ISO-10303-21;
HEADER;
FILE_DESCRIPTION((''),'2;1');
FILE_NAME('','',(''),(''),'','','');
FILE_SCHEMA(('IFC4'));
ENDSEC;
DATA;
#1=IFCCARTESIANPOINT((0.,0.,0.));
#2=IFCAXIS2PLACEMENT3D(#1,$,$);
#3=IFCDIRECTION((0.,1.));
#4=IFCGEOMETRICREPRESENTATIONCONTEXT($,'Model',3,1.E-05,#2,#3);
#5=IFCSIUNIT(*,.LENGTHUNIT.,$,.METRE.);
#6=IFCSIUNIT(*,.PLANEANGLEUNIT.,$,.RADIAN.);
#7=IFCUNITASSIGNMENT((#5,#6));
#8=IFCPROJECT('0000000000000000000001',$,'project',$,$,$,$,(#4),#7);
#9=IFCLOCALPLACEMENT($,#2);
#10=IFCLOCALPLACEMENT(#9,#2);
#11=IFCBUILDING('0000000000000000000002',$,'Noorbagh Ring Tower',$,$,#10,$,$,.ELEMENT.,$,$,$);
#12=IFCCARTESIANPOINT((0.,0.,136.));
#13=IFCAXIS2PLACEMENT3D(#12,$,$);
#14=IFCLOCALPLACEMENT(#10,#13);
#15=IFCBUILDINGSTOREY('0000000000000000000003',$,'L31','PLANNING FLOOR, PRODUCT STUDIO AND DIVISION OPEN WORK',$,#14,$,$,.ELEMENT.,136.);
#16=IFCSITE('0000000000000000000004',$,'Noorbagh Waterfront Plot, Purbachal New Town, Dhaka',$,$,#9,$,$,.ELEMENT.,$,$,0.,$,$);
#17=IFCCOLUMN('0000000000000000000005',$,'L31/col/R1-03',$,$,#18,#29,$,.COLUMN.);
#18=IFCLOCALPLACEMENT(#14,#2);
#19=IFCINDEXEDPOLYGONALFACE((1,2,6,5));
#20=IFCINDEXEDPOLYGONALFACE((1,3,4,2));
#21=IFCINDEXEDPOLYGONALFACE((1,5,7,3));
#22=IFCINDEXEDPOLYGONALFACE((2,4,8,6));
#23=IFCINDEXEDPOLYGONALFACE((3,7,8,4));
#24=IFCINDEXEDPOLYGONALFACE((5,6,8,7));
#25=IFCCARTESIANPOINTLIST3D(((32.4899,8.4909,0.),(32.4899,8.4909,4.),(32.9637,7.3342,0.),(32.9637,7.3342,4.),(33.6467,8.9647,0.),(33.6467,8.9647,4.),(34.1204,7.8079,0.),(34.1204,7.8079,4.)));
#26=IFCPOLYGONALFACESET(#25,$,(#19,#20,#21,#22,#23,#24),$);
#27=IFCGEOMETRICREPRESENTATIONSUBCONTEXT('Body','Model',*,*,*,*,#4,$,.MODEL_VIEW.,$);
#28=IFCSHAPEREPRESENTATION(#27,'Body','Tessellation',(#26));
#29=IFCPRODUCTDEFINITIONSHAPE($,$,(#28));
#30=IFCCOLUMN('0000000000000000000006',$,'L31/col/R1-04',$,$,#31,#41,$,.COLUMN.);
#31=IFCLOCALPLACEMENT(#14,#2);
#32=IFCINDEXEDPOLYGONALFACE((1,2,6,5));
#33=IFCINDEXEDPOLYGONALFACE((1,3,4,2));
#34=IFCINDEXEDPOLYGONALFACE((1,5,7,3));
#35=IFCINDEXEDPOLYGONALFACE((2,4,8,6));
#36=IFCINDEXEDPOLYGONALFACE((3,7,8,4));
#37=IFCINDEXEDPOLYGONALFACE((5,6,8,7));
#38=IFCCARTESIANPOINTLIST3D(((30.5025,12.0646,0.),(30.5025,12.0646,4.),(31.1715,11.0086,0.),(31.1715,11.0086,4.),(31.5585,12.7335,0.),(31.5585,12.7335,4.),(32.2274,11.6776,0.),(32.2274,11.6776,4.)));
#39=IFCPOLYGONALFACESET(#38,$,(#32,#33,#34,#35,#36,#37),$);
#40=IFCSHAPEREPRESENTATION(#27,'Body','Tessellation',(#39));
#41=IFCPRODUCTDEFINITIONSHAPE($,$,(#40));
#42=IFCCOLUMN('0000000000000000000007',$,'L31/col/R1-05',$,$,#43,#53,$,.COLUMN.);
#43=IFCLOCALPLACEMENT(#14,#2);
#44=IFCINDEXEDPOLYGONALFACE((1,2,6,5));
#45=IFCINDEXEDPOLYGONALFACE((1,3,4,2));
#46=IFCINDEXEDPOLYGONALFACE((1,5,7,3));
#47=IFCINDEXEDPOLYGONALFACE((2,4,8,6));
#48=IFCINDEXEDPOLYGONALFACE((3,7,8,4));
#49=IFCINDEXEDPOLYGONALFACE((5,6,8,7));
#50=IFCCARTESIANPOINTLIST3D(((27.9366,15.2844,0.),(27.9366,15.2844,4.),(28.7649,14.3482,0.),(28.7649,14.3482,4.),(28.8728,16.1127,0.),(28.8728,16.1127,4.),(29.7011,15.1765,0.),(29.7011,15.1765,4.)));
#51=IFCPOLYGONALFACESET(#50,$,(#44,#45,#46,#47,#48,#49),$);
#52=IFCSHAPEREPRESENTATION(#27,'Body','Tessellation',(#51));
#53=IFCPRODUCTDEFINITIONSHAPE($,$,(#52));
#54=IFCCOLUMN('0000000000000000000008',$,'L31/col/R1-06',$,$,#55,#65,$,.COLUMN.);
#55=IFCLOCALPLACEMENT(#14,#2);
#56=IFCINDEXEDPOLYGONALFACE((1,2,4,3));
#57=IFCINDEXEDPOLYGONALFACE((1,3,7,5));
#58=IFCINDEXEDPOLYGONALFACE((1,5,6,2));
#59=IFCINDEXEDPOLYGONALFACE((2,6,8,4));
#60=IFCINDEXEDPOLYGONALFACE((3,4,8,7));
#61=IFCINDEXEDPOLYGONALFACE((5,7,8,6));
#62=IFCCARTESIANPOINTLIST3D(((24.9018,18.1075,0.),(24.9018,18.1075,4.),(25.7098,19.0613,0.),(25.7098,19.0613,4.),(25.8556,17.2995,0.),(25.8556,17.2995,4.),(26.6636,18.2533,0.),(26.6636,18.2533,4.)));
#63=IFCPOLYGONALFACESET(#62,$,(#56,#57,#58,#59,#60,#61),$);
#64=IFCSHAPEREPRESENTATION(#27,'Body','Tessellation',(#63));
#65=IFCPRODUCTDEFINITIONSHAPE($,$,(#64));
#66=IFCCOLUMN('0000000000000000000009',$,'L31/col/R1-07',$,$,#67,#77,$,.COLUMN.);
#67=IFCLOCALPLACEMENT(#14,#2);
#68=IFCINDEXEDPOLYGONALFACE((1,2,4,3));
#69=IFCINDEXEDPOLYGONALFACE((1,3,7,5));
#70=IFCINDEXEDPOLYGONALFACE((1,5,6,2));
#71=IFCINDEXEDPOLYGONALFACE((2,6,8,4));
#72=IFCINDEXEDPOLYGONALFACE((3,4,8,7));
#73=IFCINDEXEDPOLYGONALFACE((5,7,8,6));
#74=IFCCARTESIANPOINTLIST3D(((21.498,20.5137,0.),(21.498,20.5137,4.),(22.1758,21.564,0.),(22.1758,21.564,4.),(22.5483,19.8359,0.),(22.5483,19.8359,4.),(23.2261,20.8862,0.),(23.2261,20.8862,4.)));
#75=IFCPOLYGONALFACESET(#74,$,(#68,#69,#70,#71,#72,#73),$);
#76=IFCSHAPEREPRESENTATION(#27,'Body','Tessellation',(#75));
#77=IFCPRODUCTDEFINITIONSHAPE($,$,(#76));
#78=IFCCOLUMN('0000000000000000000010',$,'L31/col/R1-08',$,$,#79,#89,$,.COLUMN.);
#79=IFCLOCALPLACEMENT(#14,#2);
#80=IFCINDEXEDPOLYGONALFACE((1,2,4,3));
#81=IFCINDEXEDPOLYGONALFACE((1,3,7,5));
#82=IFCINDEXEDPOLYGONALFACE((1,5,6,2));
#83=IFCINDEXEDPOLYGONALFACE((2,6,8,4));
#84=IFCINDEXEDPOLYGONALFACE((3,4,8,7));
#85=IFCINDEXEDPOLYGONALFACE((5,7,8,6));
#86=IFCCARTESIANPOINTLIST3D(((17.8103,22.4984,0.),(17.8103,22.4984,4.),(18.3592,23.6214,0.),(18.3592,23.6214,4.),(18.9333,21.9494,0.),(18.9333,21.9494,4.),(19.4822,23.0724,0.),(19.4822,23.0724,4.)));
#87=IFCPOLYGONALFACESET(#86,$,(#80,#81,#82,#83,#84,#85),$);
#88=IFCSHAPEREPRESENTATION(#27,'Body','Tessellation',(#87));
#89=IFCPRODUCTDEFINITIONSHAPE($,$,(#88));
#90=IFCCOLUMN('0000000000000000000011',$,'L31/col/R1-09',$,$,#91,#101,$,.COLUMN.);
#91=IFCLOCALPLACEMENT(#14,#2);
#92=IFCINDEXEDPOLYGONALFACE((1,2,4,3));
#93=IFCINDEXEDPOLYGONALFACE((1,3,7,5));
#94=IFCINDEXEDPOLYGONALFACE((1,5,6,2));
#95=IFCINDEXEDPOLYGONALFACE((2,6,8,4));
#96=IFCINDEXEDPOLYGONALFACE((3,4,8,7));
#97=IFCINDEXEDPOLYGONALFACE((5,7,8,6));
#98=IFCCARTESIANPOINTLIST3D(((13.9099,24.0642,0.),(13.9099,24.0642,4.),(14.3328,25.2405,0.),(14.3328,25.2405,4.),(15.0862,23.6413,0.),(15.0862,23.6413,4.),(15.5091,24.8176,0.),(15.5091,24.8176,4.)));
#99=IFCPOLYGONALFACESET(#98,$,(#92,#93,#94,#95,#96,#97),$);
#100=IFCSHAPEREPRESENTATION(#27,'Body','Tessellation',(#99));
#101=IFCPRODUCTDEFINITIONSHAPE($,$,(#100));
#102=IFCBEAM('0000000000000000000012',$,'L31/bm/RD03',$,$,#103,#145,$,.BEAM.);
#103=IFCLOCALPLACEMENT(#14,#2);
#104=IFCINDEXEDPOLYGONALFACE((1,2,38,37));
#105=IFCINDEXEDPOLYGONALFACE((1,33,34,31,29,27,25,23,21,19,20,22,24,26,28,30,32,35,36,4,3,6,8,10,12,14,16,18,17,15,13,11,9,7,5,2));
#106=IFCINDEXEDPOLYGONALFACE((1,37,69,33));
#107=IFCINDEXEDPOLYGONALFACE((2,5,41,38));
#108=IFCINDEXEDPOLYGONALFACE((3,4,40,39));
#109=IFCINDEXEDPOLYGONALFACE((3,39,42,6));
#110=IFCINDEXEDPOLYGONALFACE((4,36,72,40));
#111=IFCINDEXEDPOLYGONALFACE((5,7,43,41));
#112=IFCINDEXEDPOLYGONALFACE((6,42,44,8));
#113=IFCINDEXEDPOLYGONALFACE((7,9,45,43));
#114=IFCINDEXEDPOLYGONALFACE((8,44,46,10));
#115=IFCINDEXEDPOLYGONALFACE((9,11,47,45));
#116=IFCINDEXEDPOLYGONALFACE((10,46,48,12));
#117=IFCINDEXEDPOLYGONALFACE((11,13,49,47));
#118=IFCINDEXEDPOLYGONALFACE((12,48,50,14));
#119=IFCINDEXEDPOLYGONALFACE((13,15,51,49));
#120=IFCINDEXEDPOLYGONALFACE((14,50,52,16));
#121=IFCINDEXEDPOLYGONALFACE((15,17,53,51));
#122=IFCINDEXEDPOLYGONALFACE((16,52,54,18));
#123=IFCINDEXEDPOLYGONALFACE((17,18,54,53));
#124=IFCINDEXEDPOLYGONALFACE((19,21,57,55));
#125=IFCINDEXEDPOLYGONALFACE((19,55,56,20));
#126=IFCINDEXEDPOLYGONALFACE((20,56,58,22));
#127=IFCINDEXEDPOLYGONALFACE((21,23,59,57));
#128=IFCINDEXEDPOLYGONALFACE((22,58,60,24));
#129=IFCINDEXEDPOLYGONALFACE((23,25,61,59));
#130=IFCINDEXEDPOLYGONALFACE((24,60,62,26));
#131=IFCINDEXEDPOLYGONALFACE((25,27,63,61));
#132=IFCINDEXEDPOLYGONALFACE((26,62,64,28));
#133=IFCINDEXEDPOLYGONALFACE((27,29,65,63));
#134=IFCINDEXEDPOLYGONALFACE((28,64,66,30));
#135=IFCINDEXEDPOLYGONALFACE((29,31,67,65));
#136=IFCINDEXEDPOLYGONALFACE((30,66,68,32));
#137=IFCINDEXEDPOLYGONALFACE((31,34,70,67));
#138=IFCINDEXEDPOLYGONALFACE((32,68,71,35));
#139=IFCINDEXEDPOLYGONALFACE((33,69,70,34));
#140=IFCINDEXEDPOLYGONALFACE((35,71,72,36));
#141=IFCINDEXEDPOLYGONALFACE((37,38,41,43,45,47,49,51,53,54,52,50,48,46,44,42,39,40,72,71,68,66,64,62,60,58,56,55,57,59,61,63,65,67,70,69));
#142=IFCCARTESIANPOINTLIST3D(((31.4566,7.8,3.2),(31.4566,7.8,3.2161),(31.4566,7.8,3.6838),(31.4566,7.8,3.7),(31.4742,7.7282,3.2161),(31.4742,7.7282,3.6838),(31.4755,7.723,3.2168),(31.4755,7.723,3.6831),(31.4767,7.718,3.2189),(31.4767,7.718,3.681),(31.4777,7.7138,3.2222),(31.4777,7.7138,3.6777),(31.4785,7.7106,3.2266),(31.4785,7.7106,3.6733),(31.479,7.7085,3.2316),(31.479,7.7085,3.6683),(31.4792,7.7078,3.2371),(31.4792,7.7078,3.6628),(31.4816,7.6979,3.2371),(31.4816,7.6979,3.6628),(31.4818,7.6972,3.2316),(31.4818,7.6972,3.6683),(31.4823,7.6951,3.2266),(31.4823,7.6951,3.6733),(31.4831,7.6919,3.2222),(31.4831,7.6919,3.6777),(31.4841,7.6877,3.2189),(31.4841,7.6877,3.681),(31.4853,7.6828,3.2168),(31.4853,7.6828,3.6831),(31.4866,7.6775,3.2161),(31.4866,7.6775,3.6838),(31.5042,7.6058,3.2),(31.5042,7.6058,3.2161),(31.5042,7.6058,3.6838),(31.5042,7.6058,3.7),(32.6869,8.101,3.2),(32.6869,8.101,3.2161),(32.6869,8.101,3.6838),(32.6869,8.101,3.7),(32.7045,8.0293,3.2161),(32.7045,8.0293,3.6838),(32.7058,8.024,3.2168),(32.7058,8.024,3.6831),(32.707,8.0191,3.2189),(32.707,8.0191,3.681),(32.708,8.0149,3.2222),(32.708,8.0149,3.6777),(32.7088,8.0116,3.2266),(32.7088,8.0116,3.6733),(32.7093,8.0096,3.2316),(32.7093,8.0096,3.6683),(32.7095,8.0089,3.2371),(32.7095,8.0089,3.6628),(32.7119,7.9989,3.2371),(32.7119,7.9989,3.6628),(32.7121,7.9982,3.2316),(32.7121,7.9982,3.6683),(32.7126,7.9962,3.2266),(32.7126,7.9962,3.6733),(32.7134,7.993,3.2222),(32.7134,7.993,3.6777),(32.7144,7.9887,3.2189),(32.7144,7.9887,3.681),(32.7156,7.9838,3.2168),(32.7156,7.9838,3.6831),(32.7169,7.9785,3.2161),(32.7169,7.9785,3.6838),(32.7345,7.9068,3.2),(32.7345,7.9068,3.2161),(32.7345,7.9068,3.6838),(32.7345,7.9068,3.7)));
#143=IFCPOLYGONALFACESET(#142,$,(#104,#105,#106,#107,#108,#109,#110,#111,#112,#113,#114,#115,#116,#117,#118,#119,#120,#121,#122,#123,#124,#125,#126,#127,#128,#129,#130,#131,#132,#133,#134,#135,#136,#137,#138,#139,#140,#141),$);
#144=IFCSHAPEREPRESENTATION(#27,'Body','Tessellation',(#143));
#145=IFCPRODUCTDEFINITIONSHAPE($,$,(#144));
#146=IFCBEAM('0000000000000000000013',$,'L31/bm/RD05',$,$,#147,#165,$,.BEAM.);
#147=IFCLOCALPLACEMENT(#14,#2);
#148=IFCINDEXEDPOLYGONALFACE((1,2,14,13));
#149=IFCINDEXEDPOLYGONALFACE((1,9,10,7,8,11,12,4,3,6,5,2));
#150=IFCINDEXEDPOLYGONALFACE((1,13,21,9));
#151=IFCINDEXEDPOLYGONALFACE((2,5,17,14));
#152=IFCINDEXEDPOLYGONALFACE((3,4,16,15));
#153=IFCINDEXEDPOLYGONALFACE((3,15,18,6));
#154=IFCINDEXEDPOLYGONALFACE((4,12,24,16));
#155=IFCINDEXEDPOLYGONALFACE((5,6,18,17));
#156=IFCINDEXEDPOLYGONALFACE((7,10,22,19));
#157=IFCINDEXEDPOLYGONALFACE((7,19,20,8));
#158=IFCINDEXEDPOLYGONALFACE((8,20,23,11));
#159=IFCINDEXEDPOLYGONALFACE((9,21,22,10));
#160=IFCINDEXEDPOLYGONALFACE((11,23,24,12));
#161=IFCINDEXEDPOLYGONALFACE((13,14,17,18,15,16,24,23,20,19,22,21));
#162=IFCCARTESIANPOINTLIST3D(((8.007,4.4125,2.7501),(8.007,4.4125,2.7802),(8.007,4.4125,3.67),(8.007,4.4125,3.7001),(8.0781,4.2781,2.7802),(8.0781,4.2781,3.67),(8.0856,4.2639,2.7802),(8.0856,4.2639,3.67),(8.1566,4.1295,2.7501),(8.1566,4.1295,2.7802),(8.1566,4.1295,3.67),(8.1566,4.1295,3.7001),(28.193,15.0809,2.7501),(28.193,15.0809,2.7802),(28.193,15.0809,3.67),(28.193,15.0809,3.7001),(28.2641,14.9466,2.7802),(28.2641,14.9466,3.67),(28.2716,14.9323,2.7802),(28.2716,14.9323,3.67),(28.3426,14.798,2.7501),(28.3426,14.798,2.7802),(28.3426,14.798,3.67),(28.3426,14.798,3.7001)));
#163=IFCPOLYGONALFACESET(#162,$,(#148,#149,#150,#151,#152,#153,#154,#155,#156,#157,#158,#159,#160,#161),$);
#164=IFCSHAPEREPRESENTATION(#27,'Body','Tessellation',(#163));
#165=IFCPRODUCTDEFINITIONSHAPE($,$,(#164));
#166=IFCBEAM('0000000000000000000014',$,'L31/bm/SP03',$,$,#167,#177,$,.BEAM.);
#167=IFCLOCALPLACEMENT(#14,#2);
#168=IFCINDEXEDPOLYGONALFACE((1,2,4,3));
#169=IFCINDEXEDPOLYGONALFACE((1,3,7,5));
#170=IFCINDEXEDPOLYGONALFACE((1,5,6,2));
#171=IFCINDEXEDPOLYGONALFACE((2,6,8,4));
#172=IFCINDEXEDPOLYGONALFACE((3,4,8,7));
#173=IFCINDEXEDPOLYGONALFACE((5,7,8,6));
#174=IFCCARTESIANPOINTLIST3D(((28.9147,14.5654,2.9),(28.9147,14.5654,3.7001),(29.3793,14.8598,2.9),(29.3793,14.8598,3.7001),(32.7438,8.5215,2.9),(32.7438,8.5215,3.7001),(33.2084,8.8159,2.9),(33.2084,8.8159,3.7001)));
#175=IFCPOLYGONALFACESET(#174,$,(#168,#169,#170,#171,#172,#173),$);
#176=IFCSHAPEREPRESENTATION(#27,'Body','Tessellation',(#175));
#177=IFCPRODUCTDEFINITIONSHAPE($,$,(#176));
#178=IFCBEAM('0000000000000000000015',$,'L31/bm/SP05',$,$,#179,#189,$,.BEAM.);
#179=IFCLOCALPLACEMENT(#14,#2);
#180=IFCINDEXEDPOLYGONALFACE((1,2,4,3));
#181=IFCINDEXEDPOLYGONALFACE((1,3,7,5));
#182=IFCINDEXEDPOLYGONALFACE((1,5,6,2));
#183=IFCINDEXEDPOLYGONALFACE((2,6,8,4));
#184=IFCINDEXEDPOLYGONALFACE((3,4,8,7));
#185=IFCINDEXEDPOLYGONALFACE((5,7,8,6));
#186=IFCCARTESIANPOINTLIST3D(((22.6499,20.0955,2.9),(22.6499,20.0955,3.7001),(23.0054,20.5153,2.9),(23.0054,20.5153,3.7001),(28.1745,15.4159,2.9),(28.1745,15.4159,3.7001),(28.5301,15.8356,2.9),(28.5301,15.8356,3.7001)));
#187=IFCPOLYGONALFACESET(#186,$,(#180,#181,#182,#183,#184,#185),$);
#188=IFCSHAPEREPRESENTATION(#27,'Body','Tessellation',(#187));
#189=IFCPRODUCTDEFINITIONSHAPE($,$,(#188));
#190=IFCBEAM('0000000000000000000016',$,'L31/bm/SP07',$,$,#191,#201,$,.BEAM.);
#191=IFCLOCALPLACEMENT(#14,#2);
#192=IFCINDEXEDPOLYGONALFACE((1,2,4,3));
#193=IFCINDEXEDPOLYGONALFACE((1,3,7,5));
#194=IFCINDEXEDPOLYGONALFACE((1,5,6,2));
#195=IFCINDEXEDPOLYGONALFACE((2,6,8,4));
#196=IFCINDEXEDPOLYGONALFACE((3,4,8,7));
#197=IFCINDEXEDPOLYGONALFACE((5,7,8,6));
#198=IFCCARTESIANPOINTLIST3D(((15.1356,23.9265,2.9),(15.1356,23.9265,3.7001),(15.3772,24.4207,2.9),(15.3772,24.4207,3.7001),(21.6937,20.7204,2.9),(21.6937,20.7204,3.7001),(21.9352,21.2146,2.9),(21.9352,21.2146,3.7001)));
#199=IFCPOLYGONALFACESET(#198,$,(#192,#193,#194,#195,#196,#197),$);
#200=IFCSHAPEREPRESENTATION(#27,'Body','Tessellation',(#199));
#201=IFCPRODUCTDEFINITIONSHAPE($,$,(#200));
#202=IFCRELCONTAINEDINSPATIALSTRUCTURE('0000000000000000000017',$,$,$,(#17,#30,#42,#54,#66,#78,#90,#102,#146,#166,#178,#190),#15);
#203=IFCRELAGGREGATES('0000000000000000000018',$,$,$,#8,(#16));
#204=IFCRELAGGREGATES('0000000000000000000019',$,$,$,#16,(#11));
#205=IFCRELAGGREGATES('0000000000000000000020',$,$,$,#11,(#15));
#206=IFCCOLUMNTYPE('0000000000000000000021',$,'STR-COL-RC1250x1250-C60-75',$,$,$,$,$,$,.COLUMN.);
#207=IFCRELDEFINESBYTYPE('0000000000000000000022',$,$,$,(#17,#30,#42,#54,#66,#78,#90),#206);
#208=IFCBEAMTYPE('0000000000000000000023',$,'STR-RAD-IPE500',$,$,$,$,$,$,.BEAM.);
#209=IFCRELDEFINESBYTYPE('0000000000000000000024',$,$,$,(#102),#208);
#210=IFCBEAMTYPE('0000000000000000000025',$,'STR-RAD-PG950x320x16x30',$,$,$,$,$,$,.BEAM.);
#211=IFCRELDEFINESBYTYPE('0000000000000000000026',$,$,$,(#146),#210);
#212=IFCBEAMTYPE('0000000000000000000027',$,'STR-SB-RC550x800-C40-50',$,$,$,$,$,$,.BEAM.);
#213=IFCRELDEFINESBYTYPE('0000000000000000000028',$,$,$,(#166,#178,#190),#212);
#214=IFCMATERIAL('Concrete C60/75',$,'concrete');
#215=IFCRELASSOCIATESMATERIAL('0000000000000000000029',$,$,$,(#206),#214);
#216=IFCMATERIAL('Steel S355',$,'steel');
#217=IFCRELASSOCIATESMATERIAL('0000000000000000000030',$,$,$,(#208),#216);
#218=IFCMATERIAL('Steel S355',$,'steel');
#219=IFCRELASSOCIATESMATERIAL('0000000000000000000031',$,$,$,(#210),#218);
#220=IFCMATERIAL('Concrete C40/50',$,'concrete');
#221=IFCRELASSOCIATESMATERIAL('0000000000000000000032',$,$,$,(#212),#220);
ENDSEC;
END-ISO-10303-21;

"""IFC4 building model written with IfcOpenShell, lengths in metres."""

from ifc_helpers import new_model, si_unit, direction, frame, origin, origin_2d, place, context, subcontext, project, spatial, rectangle, i_section, extrude, material, material_profile, profile_set, type_object, element, save


model = new_model("IFC4")

# Units and contexts
model_context = context("Model", 3, precision=1e-05, world=origin(), true_north=direction((0.0, 1.0)))
body_context = subcontext(model_context, "Body", "Model", "MODEL_VIEW")
ifc_project = project(units=[si_unit("LENGTHUNIT", "METRE"), si_unit("PLANEANGLEUNIT", "RADIAN")], contexts=[model_context])

# Site, building, storey
site_placement = place(None, origin())
site = spatial("IfcSite", under=ifc_project, at=site_placement, Name="Noorbagh Waterfront Plot, Purbachal New Town, Dhaka", CompositionType="ELEMENT", RefElevation=0.0)
building_placement = place(site_placement, origin())
building = spatial("IfcBuilding", under=site, at=building_placement, Name="Noorbagh Ring Tower", CompositionType="ELEMENT")
storey_placement = place(building_placement, frame((0.0, 0.0, 136.0)))
storey = spatial("IfcBuildingStorey", under=building, at=storey_placement, Name="L31", Description="PLANNING FLOOR, PRODUCT STUDIO AND DIVISION OPEN WORK", CompositionType="ELEMENT", Elevation=136.0)

# Columns
ifc_material_1 = material(Name="Concrete C60/75", Category="concrete")
ifc_material_profile_1 = material_profile(ifc_material_1, rectangle(XDim=1.25, YDim=1.25, at=origin_2d()), Name="RC1250x1250")
ifc_profile_set_1 = profile_set([ifc_material_profile_1], Name="Concrete C60/75")
column_type = type_object("IfcColumnType", Name="STR-COL-RC1250x1250-C60-75", PredefinedType="COLUMN", material=ifc_profile_set_1)
for number, where, z_axis, x_axis, name in (
    (1, (33.3052, 8.1494, 0.0), (0.0, 0.0, 1.0), (-0.378989, 0.925401, 0.0), "L31/col/R1-03"),
    (2, (31.365, 11.8711, 0.0), (0.0, 0.0, 1.0), (-0.53519, 0.844731, 0.0), "L31/col/R1-04"),
    (3, (28.8188, 15.2305, 0.0), (0.0, 0.0, 1.0), (-0.662636, 0.748942, 0.0), "L31/col/R1-05"),
    (4, (25.7827, 18.1804, 0.0), (0.0, 0.0, 1.0), (-0.763035, 0.646357, 0.0), "L31/col/R1-06"),
    (5, (22.3621, 20.7, 0.0), (0.0, 0.0, 1.0), (-0.840248, 0.542203, 0.0), "L31/col/R1-07"),
    (6, (18.6462, 22.7854, 0.0), (0.0, 0.0, 1.0), (-0.898399, 0.43918, 0.0), "L31/col/R1-08"),
    (7, (14.7095, 24.4409, 0.0), (0.0, 0.0, 1.0), (-0.941025, 0.338338, 0.0), "L31/col/R1-09"),
):
    element("IfcColumn", number, at=place(storey_placement, frame(where, z_axis=z_axis, x_axis=x_axis)), inside=storey, type_object=column_type, Name=name, PredefinedType="COLUMN", context=body_context, shape_type="SweptSolid", body=[
        extrude(rectangle(XDim=1.25, YDim=1.25, at=origin_2d()), origin(), (0.0, 0.0, 1.0), 4.0),
    ])

# Beams
ifc_material_2 = material(Name="Steel S355", Category="steel")
ifc_material_profile_2 = material_profile(ifc_material_2, i_section(OverallWidth=0.2, OverallDepth=0.5, WebThickness=0.0103, FlangeThickness=0.0161, FilletRadius=0.021, at=origin_2d()), Name="IPE500")
ifc_profile_set_2 = profile_set([ifc_material_profile_2], Name="Steel S355")
beam_type_1 = type_object("IfcBeamType", Name="STR-RAD-IPE500", PredefinedType="BEAM", material=ifc_profile_set_2)
beam_1_placement = place(storey_placement, frame((32.7107, 8.0039, 3.45), z_axis=(-0.971344, -0.237679, 0.0), x_axis=(0.237679, -0.971344, 0.0)))
element("IfcBeam", 8, at=beam_1_placement, inside=storey, type_object=beam_type_1, Name="L31/bm/RD03", PredefinedType="BEAM", context=body_context, shape_type="SweptSolid", body=[
    extrude(i_section(OverallWidth=0.2, OverallDepth=0.5, WebThickness=0.0103, FlangeThickness=0.0161, FilletRadius=0.021, at=origin_2d()), origin(), (0.0, 0.0, 1.0), 1.2666),
])
ifc_material_3 = material(Name="Steel S355", Category="steel")
ifc_material_profile_3 = material_profile(ifc_material_3, i_section(OverallWidth=0.3201, OverallDepth=0.95, WebThickness=0.0161, FlangeThickness=0.03, at=origin_2d()), Name="PG950x320x16x30")
ifc_profile_set_3 = profile_set([ifc_material_profile_3], Name="Steel S355")
beam_type_2 = type_object("IfcBeamType", Name="STR-RAD-PG950x320x16x30", PredefinedType="BEAM", material=ifc_profile_set_3)
beam_2_placement = place(storey_placement, frame((28.2678, 14.9395, 3.2251), z_axis=(-0.884119, -0.467263, 0.0), x_axis=(0.467263, -0.884119, 0.0)))
element("IfcBeam", 9, at=beam_2_placement, inside=storey, type_object=beam_type_2, Name="L31/bm/RD05", PredefinedType="BEAM", context=body_context, shape_type="SweptSolid", body=[
    extrude(i_section(OverallWidth=0.3201, OverallDepth=0.95, WebThickness=0.0161, FlangeThickness=0.03, at=origin_2d()), origin(), (0.0, 0.0, 1.0), 22.8318),
])
ifc_material_4 = material(Name="Concrete C40/50", Category="concrete")
ifc_material_profile_4 = material_profile(ifc_material_4, rectangle(XDim=0.55, YDim=0.8, at=origin_2d()), Name="RC550x800")
ifc_profile_set_4 = profile_set([ifc_material_profile_4], Name="Concrete C40/50")
beam_type_3 = type_object("IfcBeamType", Name="STR-SB-RC550x800-C40-50", PredefinedType="BEAM", material=ifc_profile_set_4)
beam_3_placement = place(storey_placement, frame((32.9761, 8.6687, 3.3), z_axis=(-0.535179, 0.844739, 0.0), x_axis=(-0.844739, -0.535179, 0.0)))
element("IfcBeam", 10, at=beam_3_placement, inside=storey, type_object=beam_type_3, Name="L31/bm/SP03", PredefinedType="BEAM", context=body_context, shape_type="SweptSolid", body=[
    extrude(rectangle(XDim=0.55, YDim=0.8, at=origin_2d()), origin(), (0.0, 0.0, 1.0), 7.1548),
])
beam_4_placement = place(storey_placement, frame((28.3523, 15.6257, 3.3), z_axis=(-0.763047, 0.646343, 0.0), x_axis=(-0.646343, -0.763047, 0.0)))
element("IfcBeam", 11, at=beam_4_placement, inside=storey, type_object=beam_type_3, Name="L31/bm/SP05", PredefinedType="BEAM", context=body_context, shape_type="SweptSolid", body=[
    extrude(rectangle(XDim=0.55, YDim=0.8, at=origin_2d()), origin(), (0.0, 0.0, 1.0), 7.2402),
])
beam_5_placement = place(storey_placement, frame((21.8145, 20.9675, 3.3), z_axis=(-0.898391, 0.439196, 0.0), x_axis=(-0.439196, -0.898391, 0.0)))
element("IfcBeam", 12, at=beam_5_placement, inside=storey, type_object=beam_type_3, Name="L31/bm/SP07", PredefinedType="BEAM", context=body_context, shape_type="SweptSolid", body=[
    extrude(rectangle(XDim=0.55, YDim=0.8, at=origin_2d()), origin(), (0.0, 0.0, 1.0), 7.2998),
])

save(model, "model.ifc")
